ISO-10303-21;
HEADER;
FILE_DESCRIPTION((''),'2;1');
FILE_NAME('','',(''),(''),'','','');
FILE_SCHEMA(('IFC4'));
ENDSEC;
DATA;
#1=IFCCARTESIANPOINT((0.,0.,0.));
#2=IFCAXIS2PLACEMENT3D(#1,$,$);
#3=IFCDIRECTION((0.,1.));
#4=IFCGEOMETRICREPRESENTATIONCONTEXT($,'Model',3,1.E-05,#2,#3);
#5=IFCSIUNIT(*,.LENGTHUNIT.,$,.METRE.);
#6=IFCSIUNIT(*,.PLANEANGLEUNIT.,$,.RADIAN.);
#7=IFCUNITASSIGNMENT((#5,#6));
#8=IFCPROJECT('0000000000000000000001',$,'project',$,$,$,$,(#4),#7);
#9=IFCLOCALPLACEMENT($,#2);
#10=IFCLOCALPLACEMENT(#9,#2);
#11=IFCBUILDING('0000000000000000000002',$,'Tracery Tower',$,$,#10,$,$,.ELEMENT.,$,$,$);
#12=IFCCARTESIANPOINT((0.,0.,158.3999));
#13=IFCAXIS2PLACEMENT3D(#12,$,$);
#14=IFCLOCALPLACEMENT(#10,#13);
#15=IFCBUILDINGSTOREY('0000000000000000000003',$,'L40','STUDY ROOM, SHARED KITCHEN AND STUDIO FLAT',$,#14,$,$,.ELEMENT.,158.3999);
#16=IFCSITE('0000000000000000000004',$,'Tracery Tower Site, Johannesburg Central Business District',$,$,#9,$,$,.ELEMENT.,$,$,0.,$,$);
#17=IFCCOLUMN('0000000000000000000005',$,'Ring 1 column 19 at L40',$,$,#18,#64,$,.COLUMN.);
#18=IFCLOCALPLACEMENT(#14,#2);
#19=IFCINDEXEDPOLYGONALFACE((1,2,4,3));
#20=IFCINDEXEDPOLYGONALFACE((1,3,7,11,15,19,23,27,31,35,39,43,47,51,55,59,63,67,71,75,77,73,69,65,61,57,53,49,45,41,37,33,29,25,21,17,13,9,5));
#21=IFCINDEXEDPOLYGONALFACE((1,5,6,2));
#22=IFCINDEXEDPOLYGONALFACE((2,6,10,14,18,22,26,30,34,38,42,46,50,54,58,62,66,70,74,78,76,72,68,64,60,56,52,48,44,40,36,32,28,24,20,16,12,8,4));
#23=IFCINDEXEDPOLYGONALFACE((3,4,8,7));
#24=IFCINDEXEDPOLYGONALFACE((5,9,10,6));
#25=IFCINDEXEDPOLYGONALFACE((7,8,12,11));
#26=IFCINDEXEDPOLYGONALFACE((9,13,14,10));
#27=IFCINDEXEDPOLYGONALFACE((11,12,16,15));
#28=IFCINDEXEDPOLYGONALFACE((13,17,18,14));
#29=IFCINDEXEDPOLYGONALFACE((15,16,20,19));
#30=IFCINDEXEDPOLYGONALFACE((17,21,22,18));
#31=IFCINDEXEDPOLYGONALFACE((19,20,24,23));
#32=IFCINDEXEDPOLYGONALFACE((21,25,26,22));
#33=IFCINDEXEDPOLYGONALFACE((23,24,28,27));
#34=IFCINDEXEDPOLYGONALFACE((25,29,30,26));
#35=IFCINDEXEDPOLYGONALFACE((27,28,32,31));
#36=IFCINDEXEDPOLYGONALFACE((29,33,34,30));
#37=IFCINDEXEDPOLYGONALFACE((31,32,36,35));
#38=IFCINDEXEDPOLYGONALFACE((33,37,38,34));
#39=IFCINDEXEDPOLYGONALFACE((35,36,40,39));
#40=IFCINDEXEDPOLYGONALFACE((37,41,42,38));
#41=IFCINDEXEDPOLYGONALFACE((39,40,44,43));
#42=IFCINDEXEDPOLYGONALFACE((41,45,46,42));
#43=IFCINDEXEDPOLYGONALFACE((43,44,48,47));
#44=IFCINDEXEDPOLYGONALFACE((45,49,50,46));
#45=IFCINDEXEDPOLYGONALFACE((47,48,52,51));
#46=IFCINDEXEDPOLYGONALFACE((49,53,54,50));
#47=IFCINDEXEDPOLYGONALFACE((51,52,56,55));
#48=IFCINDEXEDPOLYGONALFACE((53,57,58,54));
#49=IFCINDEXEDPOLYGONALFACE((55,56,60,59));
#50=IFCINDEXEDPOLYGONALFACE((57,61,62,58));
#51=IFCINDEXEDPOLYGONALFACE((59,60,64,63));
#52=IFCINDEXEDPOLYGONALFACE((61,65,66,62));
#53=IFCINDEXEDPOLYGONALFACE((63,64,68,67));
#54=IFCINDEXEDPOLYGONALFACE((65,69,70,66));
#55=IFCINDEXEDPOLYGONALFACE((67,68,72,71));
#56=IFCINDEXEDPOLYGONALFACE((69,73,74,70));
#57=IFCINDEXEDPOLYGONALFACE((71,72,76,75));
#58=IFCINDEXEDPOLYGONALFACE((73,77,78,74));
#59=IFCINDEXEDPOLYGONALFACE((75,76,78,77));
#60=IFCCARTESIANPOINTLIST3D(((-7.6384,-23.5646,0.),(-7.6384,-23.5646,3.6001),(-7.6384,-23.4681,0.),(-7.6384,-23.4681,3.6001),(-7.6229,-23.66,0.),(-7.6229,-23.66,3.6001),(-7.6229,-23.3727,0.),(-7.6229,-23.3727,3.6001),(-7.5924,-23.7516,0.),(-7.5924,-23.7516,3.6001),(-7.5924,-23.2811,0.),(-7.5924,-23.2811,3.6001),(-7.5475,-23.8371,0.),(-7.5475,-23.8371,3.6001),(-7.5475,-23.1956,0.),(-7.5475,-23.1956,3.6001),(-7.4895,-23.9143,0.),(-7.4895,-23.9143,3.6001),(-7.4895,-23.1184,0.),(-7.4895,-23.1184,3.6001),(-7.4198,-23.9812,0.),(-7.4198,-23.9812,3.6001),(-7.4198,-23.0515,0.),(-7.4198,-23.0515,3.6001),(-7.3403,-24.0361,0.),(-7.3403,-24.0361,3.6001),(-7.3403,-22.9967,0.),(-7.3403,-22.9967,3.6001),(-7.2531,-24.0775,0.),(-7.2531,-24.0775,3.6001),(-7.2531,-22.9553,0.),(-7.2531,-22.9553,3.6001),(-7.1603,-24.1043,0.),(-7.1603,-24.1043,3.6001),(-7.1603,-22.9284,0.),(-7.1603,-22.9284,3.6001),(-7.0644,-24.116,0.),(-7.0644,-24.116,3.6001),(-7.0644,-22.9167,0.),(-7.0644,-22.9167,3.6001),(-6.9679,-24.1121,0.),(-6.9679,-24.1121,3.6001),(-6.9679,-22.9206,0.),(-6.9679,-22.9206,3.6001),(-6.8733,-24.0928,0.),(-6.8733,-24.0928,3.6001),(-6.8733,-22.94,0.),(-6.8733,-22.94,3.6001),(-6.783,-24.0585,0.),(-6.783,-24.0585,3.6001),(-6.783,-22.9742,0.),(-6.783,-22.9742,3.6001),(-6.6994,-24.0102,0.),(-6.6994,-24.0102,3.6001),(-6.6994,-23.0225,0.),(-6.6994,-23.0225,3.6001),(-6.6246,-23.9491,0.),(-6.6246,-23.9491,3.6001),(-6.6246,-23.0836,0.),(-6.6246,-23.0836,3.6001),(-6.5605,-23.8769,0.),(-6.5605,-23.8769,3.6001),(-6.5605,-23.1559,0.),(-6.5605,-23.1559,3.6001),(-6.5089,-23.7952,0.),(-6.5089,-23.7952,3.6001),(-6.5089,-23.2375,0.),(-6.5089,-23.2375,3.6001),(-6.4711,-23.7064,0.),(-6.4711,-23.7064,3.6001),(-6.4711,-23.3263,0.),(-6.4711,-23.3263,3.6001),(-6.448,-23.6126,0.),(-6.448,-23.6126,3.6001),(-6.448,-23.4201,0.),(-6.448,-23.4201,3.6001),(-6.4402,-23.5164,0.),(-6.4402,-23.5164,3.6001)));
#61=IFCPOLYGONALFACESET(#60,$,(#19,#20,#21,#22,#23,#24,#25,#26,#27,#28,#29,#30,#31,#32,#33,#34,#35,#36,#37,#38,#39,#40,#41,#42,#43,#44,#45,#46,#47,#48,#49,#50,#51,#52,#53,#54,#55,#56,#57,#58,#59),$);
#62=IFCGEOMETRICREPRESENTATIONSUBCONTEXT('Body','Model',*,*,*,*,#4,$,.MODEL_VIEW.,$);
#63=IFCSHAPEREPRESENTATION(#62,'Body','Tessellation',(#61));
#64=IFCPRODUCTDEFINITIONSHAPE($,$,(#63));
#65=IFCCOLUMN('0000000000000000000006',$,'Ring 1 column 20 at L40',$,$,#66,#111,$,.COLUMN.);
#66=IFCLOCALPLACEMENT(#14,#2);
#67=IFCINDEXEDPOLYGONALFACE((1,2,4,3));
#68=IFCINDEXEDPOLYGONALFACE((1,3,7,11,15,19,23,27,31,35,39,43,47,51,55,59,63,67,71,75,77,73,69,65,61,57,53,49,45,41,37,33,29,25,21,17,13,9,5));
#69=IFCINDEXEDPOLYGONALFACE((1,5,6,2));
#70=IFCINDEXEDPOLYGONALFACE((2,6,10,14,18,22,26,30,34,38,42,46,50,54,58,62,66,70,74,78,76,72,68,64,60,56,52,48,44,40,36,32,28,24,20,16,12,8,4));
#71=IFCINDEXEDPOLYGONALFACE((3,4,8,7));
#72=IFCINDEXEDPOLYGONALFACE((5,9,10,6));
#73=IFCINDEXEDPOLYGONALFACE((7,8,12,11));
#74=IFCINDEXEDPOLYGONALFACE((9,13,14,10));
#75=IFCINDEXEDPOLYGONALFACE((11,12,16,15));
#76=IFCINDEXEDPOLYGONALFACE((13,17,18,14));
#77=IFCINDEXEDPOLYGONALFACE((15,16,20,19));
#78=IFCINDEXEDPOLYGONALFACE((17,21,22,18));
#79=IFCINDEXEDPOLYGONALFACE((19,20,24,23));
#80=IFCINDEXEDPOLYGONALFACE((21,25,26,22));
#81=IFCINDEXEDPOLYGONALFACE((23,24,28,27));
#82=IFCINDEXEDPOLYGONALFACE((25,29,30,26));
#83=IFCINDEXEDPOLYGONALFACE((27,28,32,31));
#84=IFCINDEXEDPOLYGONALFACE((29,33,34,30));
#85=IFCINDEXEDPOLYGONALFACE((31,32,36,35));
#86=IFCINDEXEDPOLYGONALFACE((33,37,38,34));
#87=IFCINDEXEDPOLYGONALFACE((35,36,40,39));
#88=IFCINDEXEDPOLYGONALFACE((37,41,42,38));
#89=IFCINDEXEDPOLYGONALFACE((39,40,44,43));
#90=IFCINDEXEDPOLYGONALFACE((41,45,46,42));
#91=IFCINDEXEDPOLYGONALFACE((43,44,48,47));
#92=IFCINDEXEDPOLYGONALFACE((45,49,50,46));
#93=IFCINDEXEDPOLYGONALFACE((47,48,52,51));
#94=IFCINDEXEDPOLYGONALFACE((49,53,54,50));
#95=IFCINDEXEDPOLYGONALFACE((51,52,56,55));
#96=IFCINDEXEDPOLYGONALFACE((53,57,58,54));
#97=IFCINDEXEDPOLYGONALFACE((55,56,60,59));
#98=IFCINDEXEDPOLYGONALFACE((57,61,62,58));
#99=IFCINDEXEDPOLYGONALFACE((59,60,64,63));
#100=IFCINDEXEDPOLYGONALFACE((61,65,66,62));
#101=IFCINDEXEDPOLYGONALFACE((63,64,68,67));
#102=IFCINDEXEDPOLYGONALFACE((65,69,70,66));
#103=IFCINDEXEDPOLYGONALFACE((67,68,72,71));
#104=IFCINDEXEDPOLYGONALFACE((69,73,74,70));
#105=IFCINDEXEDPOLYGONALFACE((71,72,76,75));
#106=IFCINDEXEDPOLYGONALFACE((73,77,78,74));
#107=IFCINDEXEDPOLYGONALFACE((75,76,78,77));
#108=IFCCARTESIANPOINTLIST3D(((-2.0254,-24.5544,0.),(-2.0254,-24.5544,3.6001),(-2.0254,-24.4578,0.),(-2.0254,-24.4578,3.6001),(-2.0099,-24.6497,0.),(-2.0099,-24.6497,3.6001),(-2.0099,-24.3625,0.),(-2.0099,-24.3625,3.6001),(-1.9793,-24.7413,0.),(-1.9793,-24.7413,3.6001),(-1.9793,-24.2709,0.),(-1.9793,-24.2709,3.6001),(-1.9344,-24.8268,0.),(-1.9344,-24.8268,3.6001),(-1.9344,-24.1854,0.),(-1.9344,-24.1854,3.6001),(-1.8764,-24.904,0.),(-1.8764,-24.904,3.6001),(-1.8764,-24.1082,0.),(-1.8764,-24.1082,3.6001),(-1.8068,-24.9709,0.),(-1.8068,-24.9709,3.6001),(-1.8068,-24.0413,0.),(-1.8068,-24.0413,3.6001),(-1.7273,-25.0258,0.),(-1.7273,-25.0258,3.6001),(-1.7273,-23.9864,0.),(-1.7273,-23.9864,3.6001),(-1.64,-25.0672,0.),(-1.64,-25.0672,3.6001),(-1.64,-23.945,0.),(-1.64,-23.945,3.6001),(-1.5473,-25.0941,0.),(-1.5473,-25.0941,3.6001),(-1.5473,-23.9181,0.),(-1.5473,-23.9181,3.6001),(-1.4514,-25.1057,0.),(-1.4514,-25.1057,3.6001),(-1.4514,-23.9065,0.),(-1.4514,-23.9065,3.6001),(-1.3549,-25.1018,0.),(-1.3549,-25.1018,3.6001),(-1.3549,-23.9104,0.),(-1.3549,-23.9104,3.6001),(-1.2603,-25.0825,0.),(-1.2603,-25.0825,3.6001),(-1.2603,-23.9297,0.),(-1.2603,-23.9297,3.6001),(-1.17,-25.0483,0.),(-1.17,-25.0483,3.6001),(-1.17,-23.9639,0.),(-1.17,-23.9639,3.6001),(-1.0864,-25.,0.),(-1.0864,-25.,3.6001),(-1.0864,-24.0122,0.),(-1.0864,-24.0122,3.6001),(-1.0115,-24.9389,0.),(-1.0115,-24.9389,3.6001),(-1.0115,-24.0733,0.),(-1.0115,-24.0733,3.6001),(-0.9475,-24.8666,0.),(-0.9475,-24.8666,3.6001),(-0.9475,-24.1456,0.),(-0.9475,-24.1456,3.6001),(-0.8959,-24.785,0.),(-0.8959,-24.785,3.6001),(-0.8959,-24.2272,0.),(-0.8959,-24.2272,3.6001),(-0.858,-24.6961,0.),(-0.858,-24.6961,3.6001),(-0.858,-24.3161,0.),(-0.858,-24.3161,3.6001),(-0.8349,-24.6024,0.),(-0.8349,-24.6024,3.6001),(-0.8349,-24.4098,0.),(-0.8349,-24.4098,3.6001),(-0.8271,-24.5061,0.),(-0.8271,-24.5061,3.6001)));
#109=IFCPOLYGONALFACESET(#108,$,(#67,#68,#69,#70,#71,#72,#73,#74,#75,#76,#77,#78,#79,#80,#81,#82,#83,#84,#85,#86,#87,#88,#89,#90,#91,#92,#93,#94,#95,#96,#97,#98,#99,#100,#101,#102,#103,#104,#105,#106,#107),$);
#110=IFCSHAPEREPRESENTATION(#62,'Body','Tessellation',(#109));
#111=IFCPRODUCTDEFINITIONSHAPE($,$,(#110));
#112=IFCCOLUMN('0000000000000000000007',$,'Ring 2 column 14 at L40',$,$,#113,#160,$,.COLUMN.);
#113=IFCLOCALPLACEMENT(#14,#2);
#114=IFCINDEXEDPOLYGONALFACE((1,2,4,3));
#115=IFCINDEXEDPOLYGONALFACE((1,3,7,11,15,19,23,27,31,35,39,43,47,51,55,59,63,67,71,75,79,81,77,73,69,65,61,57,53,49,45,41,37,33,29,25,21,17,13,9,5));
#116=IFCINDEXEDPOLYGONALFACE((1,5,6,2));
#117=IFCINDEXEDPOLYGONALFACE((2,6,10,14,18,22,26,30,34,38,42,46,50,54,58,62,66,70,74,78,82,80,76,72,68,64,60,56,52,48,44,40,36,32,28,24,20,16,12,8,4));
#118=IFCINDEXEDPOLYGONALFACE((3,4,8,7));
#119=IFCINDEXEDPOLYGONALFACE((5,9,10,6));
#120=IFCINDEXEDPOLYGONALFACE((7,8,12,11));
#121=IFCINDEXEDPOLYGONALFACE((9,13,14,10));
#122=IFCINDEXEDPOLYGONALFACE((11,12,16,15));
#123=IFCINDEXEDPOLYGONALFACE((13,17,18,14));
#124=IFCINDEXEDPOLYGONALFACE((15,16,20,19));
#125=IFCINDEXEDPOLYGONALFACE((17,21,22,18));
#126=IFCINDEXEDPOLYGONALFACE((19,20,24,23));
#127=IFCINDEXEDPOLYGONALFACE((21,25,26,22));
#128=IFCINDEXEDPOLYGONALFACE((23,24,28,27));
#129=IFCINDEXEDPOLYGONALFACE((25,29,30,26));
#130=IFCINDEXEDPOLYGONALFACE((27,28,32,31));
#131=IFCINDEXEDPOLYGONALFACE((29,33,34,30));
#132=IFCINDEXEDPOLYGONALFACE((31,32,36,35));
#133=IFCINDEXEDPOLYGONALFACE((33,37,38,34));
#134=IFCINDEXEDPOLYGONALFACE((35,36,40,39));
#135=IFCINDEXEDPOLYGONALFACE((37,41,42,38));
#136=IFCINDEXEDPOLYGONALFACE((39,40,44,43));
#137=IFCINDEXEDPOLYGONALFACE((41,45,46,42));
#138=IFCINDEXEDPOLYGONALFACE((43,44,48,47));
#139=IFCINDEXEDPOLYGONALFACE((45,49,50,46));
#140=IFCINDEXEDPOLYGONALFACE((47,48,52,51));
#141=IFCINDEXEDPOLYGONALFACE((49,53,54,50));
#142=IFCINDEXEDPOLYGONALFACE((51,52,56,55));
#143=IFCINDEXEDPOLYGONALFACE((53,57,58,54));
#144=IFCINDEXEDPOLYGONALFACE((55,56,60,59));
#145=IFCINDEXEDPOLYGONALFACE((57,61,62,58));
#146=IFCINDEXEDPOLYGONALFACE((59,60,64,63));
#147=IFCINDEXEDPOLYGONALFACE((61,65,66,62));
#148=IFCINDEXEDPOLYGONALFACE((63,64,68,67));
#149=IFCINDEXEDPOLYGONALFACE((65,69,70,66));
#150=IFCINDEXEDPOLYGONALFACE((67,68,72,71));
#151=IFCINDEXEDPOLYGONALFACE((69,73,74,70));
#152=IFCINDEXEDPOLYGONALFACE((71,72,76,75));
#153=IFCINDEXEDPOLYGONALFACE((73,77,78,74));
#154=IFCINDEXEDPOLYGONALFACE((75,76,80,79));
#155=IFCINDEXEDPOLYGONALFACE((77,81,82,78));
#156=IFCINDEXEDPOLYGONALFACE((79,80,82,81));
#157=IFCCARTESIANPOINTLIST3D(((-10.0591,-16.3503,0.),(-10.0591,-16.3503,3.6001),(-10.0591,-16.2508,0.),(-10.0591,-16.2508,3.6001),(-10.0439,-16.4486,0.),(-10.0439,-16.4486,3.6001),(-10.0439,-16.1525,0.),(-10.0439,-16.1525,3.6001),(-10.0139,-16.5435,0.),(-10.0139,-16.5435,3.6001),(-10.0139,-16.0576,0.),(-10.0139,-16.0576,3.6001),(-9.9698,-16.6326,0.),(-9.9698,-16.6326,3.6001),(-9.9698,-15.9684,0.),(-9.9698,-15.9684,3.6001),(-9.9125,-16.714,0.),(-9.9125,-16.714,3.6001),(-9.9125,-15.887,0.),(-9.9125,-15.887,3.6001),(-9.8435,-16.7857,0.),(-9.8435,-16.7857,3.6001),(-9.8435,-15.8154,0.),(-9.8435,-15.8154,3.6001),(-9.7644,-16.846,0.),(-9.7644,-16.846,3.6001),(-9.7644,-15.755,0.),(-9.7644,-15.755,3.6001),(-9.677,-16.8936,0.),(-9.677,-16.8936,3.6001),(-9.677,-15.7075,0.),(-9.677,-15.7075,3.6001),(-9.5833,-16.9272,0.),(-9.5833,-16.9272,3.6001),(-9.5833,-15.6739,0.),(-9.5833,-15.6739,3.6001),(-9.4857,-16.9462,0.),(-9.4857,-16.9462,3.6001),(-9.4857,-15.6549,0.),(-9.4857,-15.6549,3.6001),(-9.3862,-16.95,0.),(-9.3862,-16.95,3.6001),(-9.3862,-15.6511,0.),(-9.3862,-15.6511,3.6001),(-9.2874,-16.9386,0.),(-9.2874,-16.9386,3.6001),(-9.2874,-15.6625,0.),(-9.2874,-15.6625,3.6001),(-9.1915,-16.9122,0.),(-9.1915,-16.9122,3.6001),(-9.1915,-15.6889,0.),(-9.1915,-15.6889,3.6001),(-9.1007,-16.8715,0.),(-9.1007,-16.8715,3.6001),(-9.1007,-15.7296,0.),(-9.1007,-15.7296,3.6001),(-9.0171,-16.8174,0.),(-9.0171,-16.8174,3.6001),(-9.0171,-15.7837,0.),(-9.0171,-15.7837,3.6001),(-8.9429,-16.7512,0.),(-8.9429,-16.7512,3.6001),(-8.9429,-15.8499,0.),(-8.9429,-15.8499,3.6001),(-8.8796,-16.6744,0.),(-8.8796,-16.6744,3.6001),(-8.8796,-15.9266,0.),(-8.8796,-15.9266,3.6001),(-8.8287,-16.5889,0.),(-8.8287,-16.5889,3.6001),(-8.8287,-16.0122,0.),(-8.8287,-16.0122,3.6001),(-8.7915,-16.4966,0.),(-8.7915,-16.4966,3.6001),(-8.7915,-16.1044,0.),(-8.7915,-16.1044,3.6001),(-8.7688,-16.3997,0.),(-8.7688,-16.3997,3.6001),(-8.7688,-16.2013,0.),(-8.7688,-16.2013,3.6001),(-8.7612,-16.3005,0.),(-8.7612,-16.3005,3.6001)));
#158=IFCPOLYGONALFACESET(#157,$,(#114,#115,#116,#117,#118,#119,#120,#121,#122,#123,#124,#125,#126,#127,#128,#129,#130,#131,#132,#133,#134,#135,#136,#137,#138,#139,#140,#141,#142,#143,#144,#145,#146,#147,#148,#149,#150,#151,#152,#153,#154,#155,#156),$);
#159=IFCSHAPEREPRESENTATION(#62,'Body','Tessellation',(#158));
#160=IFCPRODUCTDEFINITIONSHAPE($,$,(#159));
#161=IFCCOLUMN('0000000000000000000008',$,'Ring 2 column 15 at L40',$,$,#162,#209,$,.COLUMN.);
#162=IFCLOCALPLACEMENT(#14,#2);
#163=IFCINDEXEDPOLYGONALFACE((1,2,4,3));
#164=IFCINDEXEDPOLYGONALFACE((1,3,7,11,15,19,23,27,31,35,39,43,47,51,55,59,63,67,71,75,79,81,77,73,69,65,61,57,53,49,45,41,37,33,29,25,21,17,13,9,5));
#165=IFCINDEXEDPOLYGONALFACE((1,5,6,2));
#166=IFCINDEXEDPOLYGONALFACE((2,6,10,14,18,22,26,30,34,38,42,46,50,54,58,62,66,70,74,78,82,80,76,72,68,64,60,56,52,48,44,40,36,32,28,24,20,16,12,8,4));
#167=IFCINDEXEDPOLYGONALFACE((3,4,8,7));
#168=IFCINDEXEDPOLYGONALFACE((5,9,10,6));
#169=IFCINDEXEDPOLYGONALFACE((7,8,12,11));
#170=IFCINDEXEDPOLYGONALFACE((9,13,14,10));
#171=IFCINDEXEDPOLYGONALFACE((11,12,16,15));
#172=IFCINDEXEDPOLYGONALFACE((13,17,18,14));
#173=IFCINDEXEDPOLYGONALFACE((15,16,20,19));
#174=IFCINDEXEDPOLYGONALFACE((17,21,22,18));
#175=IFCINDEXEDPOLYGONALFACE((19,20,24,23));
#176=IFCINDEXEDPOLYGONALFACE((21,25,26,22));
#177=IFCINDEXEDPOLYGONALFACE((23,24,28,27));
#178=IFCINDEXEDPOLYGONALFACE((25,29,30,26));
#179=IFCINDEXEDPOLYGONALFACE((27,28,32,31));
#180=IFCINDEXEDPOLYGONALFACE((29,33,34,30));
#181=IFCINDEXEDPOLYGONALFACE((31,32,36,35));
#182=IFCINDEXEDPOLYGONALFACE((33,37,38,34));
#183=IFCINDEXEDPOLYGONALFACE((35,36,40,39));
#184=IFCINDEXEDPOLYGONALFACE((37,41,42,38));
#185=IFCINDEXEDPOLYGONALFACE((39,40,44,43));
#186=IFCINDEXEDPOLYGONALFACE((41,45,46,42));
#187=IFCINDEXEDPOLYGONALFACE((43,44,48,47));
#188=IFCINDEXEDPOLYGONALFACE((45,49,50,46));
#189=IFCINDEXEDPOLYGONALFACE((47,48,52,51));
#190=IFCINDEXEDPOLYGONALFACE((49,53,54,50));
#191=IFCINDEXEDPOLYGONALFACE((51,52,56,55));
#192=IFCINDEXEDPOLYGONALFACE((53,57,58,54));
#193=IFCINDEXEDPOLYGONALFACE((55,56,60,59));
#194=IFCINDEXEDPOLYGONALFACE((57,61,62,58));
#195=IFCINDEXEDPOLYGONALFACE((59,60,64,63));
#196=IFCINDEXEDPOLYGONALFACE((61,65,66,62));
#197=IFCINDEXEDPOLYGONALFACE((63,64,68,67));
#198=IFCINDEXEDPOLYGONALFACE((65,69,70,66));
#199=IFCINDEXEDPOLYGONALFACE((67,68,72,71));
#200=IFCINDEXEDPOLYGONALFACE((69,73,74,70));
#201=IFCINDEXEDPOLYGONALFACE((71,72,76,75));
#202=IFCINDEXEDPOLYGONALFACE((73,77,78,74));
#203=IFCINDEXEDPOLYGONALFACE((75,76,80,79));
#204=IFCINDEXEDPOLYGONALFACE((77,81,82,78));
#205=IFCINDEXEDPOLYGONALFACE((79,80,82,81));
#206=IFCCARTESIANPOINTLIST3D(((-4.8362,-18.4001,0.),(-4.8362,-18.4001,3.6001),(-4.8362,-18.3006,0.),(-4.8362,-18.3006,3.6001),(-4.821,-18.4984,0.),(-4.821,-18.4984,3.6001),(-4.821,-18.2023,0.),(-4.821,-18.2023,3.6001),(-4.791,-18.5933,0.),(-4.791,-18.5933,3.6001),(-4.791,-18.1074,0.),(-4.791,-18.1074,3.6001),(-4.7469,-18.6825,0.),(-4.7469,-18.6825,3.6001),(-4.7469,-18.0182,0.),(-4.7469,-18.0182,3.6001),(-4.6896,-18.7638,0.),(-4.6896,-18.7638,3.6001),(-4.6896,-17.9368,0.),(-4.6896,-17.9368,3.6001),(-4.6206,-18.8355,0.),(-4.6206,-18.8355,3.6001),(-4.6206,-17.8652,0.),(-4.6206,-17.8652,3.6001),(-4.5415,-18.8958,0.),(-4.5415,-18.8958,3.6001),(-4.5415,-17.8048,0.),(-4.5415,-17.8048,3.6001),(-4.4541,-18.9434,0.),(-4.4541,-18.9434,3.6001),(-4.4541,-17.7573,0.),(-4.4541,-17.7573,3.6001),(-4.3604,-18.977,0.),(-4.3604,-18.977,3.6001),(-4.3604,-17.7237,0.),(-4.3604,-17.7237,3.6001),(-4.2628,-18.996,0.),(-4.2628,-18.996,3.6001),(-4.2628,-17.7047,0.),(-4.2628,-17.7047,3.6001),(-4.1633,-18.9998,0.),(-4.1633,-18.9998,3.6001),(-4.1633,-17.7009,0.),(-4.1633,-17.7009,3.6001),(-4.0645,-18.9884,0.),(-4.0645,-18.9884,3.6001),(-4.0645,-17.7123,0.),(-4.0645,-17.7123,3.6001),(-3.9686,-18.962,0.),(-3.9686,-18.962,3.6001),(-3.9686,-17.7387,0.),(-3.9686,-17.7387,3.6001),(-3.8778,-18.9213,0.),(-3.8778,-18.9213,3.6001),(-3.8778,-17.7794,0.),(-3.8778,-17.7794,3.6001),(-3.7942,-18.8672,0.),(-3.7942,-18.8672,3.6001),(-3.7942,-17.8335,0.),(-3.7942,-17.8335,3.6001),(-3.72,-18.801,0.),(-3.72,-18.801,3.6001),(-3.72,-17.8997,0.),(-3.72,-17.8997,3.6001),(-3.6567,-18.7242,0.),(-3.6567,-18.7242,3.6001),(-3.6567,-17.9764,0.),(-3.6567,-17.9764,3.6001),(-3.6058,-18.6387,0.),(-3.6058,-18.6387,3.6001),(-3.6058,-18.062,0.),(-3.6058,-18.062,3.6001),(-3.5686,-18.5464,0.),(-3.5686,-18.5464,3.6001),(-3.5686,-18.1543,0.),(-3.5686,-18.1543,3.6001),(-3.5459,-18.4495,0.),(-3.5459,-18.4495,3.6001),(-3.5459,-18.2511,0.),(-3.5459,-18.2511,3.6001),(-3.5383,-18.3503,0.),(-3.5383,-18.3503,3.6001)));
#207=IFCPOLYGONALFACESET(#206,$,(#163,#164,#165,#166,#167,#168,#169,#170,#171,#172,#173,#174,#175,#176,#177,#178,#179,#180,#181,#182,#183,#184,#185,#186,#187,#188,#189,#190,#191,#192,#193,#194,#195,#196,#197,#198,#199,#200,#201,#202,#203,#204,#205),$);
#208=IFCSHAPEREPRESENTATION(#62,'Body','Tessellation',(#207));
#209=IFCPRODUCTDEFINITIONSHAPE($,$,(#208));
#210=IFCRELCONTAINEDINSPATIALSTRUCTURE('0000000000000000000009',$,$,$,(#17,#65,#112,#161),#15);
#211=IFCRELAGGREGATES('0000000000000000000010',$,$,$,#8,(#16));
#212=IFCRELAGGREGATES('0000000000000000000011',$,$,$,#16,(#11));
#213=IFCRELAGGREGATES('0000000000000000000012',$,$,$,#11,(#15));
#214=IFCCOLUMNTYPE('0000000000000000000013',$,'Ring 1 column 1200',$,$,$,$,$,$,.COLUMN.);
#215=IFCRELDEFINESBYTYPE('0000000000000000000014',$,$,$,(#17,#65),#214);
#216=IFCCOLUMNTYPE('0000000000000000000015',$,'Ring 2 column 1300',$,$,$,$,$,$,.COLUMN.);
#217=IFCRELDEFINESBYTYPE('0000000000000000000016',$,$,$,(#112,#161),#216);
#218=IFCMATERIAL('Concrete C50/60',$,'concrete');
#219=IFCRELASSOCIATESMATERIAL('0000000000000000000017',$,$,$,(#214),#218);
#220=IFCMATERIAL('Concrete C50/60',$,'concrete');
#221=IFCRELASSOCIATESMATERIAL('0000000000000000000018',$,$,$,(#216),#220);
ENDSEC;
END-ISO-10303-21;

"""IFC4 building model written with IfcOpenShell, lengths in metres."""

from ifc_helpers import new_model, si_unit, direction, frame, origin, origin_2d, place, context, subcontext, project, spatial, circle, extrude, material, material_profile, profile_set, type_object, element, save


model = new_model("IFC4")

# Units and contexts
model_context = context("Model", 3, precision=1e-05, world=origin(), true_north=direction((0.0, 1.0)))
body_context = subcontext(model_context, "Body", "Model", "MODEL_VIEW")
ifc_project = project(units=[si_unit("LENGTHUNIT", "METRE"), si_unit("PLANEANGLEUNIT", "RADIAN")], contexts=[model_context])

# Site, building, storey
site_placement = place(None, origin())
site = spatial("IfcSite", under=ifc_project, at=site_placement, Name="Tracery Tower Site, Johannesburg Central Business District", CompositionType="ELEMENT", RefElevation=0.0)
building_placement = place(site_placement, origin())
building = spatial("IfcBuilding", under=site, at=building_placement, Name="Tracery Tower", CompositionType="ELEMENT")
storey_placement = place(building_placement, frame((0.0, 0.0, 158.3999)))
storey = spatial("IfcBuildingStorey", under=building, at=storey_placement, Name="L40", Description="STUDY ROOM, SHARED KITCHEN AND STUDIO FLAT", CompositionType="ELEMENT", Elevation=158.3999)

# Columns
ifc_material_1 = material(Name="Concrete C50/60", Category="concrete")
ifc_material_profile_1 = material_profile(ifc_material_1, circle(Radius=0.6001, at=origin_2d()), Name="RC D1200")
ifc_profile_set_1 = profile_set([ifc_material_profile_1], Name="Concrete C50/60")
column_type_1 = type_object("IfcColumnType", Name="Ring 1 column 1200", PredefinedType="COLUMN", material=ifc_profile_set_1)
for number, where, z_axis, x_axis, name in (
    (1, (-7.0403, -23.5164, 0.0), (0.0, 0.0, 1.0), (1.0, 0.0, 0.0), "Ring 1 column 19 at L40"),
    (2, (-1.4272, -24.5061, 0.0), (0.0, 0.0, 1.0), (1.0, 0.0, 0.0), "Ring 1 column 20 at L40"),
):
    element("IfcColumn", number, at=place(storey_placement, frame(where, z_axis=z_axis, x_axis=x_axis)), inside=storey, type_object=column_type_1, Name=name, PredefinedType="COLUMN", context=body_context, shape_type="SweptSolid", body=[
        extrude(circle(Radius=0.6001, at=origin_2d()), origin(), (0.0, 0.0, 1.0), 3.6001),
    ])
ifc_material_2 = material(Name="Concrete C50/60", Category="concrete")
ifc_material_profile_2 = material_profile(ifc_material_2, circle(Radius=0.6499, at=origin_2d()), Name="RC D1300")
ifc_profile_set_2 = profile_set([ifc_material_profile_2], Name="Concrete C50/60")
column_type_2 = type_object("IfcColumnType", Name="Ring 2 column 1300", PredefinedType="COLUMN", material=ifc_profile_set_2)
for number, where, z_axis, x_axis, name in (
    (3, (-9.4111, -16.3005, 0.0), (0.0, 0.0, 1.0), (1.0, 0.0, 0.0), "Ring 2 column 14 at L40"),
    (4, (-4.1882, -18.3503, 0.0), (0.0, 0.0, 1.0), (1.0, 0.0, 0.0), "Ring 2 column 15 at L40"),
):
    element("IfcColumn", number, at=place(storey_placement, frame(where, z_axis=z_axis, x_axis=x_axis)), inside=storey, type_object=column_type_2, Name=name, PredefinedType="COLUMN", context=body_context, shape_type="SweptSolid", body=[
        extrude(circle(Radius=0.6499, at=origin_2d()), origin(), (0.0, 0.0, 1.0), 3.6001),
    ])

save(model, "model.ifc")
